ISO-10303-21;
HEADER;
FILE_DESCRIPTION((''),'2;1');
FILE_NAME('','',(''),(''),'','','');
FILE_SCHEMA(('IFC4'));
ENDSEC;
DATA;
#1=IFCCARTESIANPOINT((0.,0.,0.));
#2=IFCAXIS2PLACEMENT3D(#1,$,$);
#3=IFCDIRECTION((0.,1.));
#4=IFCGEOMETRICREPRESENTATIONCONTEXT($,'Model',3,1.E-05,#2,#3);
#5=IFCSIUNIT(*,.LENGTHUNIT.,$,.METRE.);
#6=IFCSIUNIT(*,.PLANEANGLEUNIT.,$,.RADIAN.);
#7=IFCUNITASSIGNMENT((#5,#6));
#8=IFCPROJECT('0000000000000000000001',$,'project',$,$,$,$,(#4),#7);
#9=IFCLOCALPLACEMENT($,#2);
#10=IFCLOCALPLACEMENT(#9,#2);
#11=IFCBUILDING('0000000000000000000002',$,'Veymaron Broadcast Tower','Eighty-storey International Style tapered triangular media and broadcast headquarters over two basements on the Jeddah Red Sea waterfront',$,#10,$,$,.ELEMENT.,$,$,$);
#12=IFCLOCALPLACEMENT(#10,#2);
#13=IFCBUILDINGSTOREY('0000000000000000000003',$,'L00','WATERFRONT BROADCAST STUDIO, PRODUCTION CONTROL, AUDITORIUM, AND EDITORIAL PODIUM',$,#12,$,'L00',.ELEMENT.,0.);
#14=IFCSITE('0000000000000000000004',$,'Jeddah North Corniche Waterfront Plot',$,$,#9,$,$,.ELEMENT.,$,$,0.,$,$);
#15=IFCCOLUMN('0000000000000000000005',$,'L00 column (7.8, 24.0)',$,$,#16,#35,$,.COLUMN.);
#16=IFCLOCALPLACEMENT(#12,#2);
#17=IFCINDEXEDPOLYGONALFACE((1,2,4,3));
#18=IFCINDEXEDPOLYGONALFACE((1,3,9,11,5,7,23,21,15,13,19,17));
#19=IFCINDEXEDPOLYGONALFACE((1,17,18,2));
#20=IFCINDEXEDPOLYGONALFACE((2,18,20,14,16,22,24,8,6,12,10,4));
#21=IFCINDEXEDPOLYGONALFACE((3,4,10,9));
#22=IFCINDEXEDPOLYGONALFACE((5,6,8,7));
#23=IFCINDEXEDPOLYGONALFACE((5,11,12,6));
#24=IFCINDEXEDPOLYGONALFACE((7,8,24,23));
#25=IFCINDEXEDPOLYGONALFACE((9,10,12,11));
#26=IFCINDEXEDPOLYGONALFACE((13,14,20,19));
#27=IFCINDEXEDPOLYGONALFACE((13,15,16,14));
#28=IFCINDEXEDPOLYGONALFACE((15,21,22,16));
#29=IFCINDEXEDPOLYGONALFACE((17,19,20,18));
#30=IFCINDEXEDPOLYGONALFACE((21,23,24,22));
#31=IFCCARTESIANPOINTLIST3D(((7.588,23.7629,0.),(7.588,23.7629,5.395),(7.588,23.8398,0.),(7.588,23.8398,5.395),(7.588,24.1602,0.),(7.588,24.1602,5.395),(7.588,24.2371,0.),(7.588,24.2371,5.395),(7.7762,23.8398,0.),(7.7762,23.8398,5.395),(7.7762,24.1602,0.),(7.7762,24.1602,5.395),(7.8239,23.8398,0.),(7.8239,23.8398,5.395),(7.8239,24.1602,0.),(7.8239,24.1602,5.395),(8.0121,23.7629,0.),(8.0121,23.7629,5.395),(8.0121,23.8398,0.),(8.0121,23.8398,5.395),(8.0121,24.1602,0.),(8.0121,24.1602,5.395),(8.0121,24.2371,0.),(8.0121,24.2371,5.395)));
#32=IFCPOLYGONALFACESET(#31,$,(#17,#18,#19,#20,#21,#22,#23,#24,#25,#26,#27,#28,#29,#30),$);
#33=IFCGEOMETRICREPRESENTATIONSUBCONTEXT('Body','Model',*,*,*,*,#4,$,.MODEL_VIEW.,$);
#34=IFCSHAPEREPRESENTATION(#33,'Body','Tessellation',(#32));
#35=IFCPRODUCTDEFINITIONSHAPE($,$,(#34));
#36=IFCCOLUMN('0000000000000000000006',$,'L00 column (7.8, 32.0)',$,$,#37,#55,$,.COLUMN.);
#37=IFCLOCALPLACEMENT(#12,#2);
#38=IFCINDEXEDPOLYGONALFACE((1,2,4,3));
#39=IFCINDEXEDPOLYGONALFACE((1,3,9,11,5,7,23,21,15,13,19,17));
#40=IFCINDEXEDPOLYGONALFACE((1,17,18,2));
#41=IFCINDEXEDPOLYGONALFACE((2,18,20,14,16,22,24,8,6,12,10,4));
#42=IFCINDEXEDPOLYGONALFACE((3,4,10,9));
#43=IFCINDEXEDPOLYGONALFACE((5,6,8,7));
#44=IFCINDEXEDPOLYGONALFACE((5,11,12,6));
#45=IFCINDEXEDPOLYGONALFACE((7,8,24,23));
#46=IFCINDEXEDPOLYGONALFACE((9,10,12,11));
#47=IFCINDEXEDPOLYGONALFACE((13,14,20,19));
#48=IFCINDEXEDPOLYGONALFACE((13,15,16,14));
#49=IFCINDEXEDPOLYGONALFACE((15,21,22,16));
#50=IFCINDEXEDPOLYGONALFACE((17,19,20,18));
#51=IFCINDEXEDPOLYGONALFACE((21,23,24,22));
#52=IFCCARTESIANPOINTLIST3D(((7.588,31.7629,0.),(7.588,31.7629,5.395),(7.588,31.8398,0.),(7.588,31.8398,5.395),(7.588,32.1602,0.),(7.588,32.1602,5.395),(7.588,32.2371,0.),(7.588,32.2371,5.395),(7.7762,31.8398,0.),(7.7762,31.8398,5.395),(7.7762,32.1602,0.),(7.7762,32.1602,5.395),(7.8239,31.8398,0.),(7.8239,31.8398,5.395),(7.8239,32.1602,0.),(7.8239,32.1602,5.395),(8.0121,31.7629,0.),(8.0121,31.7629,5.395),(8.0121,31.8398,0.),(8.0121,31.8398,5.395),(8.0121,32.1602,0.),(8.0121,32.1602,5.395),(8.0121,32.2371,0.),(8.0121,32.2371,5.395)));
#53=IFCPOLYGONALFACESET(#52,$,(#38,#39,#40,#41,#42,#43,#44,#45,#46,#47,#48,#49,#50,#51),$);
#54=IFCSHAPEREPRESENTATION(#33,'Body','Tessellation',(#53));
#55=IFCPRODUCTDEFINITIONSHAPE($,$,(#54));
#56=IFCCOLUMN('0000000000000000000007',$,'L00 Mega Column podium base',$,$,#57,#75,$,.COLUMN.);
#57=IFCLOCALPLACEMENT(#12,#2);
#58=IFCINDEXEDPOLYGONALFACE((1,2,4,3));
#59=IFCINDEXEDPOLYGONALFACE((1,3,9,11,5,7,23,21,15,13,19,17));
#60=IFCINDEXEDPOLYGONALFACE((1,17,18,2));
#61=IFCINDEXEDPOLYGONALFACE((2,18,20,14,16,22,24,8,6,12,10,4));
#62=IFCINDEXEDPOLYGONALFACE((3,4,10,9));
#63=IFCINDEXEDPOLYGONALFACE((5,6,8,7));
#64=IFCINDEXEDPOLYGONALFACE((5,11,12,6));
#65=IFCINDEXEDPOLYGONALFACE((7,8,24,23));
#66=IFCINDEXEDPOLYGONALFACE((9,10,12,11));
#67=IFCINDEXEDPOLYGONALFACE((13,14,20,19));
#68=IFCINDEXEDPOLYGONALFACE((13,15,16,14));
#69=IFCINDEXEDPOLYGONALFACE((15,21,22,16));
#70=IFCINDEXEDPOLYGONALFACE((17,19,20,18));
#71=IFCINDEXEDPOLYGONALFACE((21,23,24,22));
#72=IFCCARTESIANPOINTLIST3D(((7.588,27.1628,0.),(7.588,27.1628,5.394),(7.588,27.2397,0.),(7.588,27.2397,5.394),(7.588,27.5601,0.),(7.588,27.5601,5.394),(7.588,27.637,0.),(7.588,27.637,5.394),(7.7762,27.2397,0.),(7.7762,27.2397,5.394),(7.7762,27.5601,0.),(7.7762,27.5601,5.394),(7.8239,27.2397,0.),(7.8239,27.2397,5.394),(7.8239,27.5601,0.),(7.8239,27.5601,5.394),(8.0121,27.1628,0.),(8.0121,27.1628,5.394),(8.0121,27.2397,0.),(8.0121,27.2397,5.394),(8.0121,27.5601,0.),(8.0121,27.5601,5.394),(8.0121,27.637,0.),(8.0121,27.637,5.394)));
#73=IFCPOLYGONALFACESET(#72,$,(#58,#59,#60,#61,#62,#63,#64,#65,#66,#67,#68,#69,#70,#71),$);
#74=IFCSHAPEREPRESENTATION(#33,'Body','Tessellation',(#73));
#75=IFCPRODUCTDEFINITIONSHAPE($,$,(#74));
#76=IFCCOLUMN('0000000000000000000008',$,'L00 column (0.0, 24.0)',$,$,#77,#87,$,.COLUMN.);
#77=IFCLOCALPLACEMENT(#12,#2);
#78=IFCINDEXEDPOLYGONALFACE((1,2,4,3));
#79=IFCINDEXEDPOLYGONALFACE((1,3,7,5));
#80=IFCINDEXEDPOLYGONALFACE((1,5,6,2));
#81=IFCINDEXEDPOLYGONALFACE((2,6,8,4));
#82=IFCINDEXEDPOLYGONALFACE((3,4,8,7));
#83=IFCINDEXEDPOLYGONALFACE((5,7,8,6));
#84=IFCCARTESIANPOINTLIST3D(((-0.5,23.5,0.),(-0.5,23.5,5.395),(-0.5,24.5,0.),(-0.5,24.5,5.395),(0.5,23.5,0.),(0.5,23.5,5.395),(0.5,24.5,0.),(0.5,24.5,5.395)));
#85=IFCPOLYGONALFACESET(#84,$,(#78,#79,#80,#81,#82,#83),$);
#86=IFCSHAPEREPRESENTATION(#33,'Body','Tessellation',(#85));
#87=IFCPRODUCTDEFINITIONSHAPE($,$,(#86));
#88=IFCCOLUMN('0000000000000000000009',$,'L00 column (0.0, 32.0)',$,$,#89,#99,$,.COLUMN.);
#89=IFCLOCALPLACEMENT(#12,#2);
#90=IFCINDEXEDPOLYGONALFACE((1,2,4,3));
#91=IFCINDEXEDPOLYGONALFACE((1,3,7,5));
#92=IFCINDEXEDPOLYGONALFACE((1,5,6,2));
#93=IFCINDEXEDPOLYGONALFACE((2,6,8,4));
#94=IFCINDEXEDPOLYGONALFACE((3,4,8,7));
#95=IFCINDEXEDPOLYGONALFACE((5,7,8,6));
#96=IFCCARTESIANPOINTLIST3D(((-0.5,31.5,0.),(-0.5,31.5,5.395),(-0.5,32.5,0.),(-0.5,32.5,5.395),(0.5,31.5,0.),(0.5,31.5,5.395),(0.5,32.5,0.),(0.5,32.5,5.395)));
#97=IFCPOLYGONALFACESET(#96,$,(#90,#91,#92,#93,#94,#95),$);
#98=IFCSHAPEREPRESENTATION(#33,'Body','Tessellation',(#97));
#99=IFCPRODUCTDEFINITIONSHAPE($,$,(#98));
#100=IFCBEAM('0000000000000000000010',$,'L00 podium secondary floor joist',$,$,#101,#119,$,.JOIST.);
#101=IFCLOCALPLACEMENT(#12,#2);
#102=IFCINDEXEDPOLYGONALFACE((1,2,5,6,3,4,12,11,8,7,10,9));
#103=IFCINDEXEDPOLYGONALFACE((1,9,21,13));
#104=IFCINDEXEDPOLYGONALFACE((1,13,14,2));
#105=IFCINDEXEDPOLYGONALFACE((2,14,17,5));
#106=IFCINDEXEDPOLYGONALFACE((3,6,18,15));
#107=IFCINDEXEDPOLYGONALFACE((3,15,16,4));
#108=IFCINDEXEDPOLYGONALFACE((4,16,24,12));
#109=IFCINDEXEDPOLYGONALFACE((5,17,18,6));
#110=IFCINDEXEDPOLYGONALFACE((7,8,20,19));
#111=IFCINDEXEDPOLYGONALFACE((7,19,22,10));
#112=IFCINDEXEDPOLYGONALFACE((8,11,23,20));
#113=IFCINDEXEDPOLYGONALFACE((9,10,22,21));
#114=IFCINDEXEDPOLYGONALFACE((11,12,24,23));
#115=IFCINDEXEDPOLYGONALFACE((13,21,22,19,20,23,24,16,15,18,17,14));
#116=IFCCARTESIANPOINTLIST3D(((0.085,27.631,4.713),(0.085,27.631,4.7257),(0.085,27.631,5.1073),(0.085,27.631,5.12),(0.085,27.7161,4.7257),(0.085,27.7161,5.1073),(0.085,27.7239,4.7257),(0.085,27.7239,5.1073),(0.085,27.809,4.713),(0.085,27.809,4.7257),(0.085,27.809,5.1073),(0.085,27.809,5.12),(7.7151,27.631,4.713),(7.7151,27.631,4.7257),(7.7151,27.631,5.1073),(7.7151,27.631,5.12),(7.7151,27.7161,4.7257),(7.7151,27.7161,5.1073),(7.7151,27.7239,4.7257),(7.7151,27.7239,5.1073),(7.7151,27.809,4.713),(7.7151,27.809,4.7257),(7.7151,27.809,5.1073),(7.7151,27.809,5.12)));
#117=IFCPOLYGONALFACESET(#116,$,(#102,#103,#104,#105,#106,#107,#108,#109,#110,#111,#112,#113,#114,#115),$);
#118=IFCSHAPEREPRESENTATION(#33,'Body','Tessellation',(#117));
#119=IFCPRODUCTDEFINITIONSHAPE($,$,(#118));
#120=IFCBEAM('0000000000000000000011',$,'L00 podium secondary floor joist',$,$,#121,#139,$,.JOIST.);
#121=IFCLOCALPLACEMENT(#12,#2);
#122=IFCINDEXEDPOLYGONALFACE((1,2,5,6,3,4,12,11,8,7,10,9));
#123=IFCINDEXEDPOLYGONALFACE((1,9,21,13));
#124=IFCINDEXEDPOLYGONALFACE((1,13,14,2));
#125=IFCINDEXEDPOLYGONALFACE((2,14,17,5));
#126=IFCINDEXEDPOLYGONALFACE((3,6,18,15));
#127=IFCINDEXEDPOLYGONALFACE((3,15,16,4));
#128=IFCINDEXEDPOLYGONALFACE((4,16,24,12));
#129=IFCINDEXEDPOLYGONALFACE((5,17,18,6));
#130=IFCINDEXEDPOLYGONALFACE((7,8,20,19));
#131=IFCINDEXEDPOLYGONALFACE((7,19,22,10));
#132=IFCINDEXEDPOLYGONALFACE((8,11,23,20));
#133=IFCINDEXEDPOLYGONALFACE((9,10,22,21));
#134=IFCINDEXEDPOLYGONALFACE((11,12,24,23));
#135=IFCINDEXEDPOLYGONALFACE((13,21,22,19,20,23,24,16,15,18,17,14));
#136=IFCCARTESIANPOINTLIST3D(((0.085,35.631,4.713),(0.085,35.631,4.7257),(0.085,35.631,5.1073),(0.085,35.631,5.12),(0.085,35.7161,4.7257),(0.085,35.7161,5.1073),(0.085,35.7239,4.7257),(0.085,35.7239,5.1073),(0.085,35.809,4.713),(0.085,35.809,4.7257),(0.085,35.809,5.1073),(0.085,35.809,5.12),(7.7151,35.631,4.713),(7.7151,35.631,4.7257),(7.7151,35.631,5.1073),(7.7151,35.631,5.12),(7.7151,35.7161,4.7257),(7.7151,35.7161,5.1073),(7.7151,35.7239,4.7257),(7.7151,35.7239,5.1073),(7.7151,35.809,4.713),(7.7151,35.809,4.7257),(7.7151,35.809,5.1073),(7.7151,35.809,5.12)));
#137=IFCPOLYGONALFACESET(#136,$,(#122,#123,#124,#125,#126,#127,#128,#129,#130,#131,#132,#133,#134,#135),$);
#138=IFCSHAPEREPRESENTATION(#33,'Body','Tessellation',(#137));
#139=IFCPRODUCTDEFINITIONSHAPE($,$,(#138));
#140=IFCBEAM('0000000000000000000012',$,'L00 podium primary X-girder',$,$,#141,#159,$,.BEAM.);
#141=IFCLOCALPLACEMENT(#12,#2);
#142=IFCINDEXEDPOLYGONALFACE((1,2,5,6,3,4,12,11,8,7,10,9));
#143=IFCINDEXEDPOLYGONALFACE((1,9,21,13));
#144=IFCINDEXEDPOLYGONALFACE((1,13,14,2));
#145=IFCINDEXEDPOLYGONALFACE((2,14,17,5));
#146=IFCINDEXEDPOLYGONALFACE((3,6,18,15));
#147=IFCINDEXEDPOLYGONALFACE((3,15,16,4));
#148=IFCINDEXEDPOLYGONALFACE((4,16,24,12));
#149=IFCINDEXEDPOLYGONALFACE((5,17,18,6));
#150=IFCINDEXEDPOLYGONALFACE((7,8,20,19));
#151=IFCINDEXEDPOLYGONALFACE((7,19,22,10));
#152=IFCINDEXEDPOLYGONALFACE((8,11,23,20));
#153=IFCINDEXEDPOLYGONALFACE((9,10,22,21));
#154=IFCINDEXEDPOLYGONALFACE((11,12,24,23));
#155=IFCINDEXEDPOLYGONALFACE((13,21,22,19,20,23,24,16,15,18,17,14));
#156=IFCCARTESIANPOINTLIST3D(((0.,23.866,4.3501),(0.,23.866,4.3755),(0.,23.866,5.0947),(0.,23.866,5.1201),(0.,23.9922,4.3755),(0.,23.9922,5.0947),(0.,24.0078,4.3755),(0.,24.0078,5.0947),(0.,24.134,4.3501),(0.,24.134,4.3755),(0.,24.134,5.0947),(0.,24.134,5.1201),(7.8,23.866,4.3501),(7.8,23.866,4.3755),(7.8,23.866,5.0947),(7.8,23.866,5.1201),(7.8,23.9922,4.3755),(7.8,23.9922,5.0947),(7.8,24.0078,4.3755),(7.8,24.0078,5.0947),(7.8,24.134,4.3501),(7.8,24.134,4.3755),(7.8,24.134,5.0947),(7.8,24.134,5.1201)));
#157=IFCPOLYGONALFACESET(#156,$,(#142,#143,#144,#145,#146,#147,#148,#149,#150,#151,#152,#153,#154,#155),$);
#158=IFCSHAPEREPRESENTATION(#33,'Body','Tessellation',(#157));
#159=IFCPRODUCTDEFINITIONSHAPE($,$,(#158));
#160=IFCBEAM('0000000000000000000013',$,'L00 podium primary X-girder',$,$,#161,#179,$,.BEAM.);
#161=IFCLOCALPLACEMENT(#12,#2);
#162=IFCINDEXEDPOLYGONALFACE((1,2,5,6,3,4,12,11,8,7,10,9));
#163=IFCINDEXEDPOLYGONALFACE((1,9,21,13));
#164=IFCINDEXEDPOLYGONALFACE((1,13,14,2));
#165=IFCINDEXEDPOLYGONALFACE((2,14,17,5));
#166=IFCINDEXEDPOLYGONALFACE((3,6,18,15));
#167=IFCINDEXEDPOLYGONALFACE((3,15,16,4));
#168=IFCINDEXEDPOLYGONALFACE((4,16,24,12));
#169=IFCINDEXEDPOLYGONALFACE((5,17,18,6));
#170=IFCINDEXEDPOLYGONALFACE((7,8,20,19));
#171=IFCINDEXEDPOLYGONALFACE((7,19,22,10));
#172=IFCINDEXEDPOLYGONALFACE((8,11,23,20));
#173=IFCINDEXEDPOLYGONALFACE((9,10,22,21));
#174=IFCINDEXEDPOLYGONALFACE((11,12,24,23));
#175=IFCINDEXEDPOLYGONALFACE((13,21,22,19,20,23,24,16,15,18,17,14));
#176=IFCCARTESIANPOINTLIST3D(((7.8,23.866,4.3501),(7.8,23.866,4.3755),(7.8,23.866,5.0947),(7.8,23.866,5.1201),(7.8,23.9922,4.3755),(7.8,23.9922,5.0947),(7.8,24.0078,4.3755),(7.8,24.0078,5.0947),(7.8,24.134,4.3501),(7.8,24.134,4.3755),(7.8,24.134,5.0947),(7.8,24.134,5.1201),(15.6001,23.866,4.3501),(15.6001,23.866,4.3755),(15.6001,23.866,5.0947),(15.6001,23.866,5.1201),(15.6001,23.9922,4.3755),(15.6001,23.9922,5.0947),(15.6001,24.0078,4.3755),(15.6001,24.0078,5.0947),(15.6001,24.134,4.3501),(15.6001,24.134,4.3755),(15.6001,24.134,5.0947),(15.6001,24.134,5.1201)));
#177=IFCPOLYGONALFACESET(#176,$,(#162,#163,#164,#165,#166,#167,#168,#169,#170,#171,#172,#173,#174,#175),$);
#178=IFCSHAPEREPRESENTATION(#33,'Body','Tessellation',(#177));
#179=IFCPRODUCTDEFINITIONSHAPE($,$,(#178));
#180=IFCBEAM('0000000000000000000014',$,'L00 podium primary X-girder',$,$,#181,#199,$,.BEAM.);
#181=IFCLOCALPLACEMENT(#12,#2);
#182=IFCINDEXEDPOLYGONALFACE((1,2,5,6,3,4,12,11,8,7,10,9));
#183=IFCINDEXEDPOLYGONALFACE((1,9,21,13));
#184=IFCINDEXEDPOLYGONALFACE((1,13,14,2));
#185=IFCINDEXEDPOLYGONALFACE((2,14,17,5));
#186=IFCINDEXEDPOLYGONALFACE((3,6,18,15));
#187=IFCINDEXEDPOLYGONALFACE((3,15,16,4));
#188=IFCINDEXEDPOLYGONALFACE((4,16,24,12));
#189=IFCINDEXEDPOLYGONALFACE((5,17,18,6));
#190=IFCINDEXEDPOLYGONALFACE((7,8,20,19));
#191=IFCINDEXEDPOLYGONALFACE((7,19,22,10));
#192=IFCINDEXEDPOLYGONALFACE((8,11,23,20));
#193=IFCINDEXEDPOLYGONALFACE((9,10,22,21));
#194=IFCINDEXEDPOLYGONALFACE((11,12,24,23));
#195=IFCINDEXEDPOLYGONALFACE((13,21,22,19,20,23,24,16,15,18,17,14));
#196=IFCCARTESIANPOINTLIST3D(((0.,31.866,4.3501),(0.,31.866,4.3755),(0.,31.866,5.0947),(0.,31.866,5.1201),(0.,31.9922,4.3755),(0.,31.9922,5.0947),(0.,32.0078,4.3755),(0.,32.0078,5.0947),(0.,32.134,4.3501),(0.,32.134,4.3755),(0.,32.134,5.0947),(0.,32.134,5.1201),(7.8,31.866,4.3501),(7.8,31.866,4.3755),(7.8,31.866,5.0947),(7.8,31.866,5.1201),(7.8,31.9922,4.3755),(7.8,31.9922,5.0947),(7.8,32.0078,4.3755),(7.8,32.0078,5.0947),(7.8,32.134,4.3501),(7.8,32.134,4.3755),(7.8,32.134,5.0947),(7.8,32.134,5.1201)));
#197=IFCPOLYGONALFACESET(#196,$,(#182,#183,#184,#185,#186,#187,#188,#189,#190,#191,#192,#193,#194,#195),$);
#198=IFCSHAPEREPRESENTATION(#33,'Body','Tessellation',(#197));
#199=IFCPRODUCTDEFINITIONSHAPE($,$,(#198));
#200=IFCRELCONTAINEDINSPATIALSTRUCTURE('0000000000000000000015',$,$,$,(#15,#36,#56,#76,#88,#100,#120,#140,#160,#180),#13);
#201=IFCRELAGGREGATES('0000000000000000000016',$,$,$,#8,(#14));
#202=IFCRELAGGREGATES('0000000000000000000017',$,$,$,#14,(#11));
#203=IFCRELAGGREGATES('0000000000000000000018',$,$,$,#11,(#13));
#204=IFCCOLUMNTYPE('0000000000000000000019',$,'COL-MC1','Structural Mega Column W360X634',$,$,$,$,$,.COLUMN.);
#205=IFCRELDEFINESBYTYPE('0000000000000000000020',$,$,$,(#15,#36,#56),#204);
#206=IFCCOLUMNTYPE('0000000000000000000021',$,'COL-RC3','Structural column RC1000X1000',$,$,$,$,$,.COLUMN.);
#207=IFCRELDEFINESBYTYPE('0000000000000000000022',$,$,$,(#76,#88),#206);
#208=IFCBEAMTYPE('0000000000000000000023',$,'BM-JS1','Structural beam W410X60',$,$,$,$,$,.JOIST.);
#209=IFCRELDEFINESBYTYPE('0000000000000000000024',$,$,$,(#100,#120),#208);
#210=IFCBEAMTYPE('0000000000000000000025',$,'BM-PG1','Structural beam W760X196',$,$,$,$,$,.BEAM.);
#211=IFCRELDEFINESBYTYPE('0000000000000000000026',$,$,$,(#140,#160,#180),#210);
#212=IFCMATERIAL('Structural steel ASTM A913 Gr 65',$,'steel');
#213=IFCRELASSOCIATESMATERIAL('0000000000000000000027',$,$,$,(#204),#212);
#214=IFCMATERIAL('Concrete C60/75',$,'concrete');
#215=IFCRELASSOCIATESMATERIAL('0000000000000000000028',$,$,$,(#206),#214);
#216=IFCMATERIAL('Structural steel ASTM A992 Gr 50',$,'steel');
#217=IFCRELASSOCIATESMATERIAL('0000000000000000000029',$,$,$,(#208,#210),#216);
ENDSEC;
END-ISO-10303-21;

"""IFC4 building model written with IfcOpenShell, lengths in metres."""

from ifc_helpers import new_model, si_unit, direction, frame, origin, origin_2d, place, context, subcontext, project, spatial, rectangle, i_section, extrude, material, material_profile, profile_set, type_object, element, save


model = new_model("IFC4")

# Units and contexts
model_context = context("Model", 3, precision=1e-05, world=origin(), true_north=direction((0.0, 1.0)))
body_context = subcontext(model_context, "Body", "Model", "MODEL_VIEW")
ifc_project = project(units=[si_unit("LENGTHUNIT", "METRE"), si_unit("PLANEANGLEUNIT", "RADIAN")], contexts=[model_context])

# Site, building, storey
site_placement = place(None, origin())
site = spatial("IfcSite", under=ifc_project, at=site_placement, Name="Jeddah North Corniche Waterfront Plot", CompositionType="ELEMENT", RefElevation=0.0)
building_placement = place(site_placement, origin())
building = spatial("IfcBuilding", under=site, at=building_placement, Name="Veymaron Broadcast Tower", Description="Eighty-storey International Style tapered triangular media and broadcast headquarters over two basements on the Jeddah Red Sea waterfront", CompositionType="ELEMENT")
storey_placement = place(building_placement, origin())
storey = spatial("IfcBuildingStorey", under=building, at=storey_placement, Name="L00", Description="WATERFRONT BROADCAST STUDIO, PRODUCTION CONTROL, AUDITORIUM, AND EDITORIAL PODIUM", LongName="L00", CompositionType="ELEMENT", Elevation=0.0)

# Columns
ifc_material_1 = material(Name="Structural steel ASTM A913 Gr 65", Category="steel")
ifc_material_profile_1 = material_profile(ifc_material_1, i_section(OverallWidth=0.4241, OverallDepth=0.4741, WebThickness=0.0476, FlangeThickness=0.0769, at=origin_2d()), Name="W360X634")
ifc_profile_set_1 = profile_set([ifc_material_profile_1], Name="Structural steel ASTM A913 Gr 65")
column_type_1 = type_object("IfcColumnType", Name="COL-MC1", Description="Structural Mega Column W360X634", PredefinedType="COLUMN", material=ifc_profile_set_1)
for number, where, z_axis, x_axis, name in (
    (1, (7.8, 24.0, 0.0), (0.0, 0.0, 1.0), (1.0, 0.0, 0.0), "L00 column (7.8, 24.0)"),
    (2, (7.8, 32.0, 0.0), (0.0, 0.0, 1.0), (1.0, 0.0, 0.0), "L00 column (7.8, 32.0)"),
):
    element("IfcColumn", number, at=place(storey_placement, frame(where, z_axis=z_axis, x_axis=x_axis)), inside=storey, type_object=column_type_1, Name=name, PredefinedType="COLUMN", context=body_context, shape_type="SweptSolid", body=[
        extrude(i_section(OverallWidth=0.4241, OverallDepth=0.4741, WebThickness=0.0476, FlangeThickness=0.0769, at=origin_2d()), origin(), (0.0, 0.0, 1.0), 5.395),
    ])
column_placement = place(storey_placement, frame((7.8, 27.3999, 0.0), z_axis=(0.0, 0.0, 1.0), x_axis=(1.0, 0.0, 0.0)))
element("IfcColumn", 3, at=column_placement, inside=storey, type_object=column_type_1, Name="L00 Mega Column podium base", PredefinedType="COLUMN", context=body_context, shape_type="SweptSolid", body=[
    extrude(i_section(OverallWidth=0.4241, OverallDepth=0.4741, WebThickness=0.0476, FlangeThickness=0.0769, at=origin_2d()), origin(), (0.0, 0.0, 1.0), 5.394),
])
ifc_material_2 = material(Name="Concrete C60/75", Category="concrete")
ifc_material_profile_2 = material_profile(ifc_material_2, rectangle(XDim=1.0, YDim=1.0, at=origin_2d()), Name="RC1000X1000")
ifc_profile_set_2 = profile_set([ifc_material_profile_2], Name="Concrete C60/75")
column_type_2 = type_object("IfcColumnType", Name="COL-RC3", Description="Structural column RC1000X1000", PredefinedType="COLUMN", material=ifc_profile_set_2)
for number, where, z_axis, x_axis, name in (
    (4, (0.0, 24.0, 0.0), (0.0, 0.0, 1.0), (1.0, 0.0, 0.0), "L00 column (0.0, 24.0)"),
    (5, (0.0, 32.0, 0.0), (0.0, 0.0, 1.0), (1.0, 0.0, 0.0), "L00 column (0.0, 32.0)"),
):
    element("IfcColumn", number, at=place(storey_placement, frame(where, z_axis=z_axis, x_axis=x_axis)), inside=storey, type_object=column_type_2, Name=name, PredefinedType="COLUMN", context=body_context, shape_type="SweptSolid", body=[
        extrude(rectangle(XDim=1.0, YDim=1.0, at=origin_2d()), origin(), (0.0, 0.0, 1.0), 5.395),
    ])

# Beams
ifc_material_3 = material(Name="Structural steel ASTM A992 Gr 50", Category="steel")
ifc_material_profile_3 = material_profile(ifc_material_3, i_section(OverallWidth=0.178, OverallDepth=0.407, WebThickness=0.0078, FlangeThickness=0.0127, at=origin_2d()), Name="W410X60")
ifc_profile_set_3 = profile_set([ifc_material_profile_3], Name="Structural steel ASTM A992 Gr 50")
beam_type_1 = type_object("IfcBeamType", Name="BM-JS1", Description="Structural beam W410X60", PredefinedType="JOIST", material=ifc_profile_set_3)
for number, where, z_axis, x_axis, name in (
    (6, (0.085, 27.72, 4.9165), (1.0, 0.0, 0.0), (0.0, 1.0, 0.0), "L00 podium secondary floor joist"),
    (7, (0.085, 35.72, 4.9165), (1.0, 0.0, 0.0), (0.0, 1.0, 0.0), "L00 podium secondary floor joist"),
):
    element("IfcBeam", number, at=place(storey_placement, frame(where, z_axis=z_axis, x_axis=x_axis)), inside=storey, type_object=beam_type_1, Name=name, PredefinedType="JOIST", context=body_context, shape_type="SweptSolid", body=[
        extrude(i_section(OverallWidth=0.178, OverallDepth=0.407, WebThickness=0.0078, FlangeThickness=0.0127, at=origin_2d()), origin(), (0.0, 0.0, 1.0), 7.6301),
    ])
ifc_material_profile_4 = material_profile(ifc_material_3, i_section(OverallWidth=0.2681, OverallDepth=0.77, WebThickness=0.0156, FlangeThickness=0.0254, at=origin_2d()), Name="W760X196")
ifc_profile_set_4 = profile_set([ifc_material_profile_4], Name="Structural steel ASTM A992 Gr 50")
beam_type_2 = type_object("IfcBeamType", Name="BM-PG1", Description="Structural beam W760X196", PredefinedType="BEAM", material=ifc_profile_set_4)
for number, where, z_axis, x_axis, name in (
    (8, (0.0, 24.0, 4.7351), (1.0, 0.0, 0.0), (0.0, 1.0, 0.0), "L00 podium primary X-girder"),
    (9, (7.8, 24.0, 4.7351), (1.0, 0.0, 0.0), (0.0, 1.0, 0.0), "L00 podium primary X-girder"),
    (10, (0.0, 32.0, 4.7351), (1.0, 0.0, 0.0), (0.0, 1.0, 0.0), "L00 podium primary X-girder"),
):
    element("IfcBeam", number, at=place(storey_placement, frame(where, z_axis=z_axis, x_axis=x_axis)), inside=storey, type_object=beam_type_2, Name=name, PredefinedType="BEAM", context=body_context, shape_type="SweptSolid", body=[
        extrude(i_section(OverallWidth=0.2681, OverallDepth=0.77, WebThickness=0.0156, FlangeThickness=0.0254, at=origin_2d()), origin(), (0.0, 0.0, 1.0), 7.8),
    ])

save(model, "model.ifc")
